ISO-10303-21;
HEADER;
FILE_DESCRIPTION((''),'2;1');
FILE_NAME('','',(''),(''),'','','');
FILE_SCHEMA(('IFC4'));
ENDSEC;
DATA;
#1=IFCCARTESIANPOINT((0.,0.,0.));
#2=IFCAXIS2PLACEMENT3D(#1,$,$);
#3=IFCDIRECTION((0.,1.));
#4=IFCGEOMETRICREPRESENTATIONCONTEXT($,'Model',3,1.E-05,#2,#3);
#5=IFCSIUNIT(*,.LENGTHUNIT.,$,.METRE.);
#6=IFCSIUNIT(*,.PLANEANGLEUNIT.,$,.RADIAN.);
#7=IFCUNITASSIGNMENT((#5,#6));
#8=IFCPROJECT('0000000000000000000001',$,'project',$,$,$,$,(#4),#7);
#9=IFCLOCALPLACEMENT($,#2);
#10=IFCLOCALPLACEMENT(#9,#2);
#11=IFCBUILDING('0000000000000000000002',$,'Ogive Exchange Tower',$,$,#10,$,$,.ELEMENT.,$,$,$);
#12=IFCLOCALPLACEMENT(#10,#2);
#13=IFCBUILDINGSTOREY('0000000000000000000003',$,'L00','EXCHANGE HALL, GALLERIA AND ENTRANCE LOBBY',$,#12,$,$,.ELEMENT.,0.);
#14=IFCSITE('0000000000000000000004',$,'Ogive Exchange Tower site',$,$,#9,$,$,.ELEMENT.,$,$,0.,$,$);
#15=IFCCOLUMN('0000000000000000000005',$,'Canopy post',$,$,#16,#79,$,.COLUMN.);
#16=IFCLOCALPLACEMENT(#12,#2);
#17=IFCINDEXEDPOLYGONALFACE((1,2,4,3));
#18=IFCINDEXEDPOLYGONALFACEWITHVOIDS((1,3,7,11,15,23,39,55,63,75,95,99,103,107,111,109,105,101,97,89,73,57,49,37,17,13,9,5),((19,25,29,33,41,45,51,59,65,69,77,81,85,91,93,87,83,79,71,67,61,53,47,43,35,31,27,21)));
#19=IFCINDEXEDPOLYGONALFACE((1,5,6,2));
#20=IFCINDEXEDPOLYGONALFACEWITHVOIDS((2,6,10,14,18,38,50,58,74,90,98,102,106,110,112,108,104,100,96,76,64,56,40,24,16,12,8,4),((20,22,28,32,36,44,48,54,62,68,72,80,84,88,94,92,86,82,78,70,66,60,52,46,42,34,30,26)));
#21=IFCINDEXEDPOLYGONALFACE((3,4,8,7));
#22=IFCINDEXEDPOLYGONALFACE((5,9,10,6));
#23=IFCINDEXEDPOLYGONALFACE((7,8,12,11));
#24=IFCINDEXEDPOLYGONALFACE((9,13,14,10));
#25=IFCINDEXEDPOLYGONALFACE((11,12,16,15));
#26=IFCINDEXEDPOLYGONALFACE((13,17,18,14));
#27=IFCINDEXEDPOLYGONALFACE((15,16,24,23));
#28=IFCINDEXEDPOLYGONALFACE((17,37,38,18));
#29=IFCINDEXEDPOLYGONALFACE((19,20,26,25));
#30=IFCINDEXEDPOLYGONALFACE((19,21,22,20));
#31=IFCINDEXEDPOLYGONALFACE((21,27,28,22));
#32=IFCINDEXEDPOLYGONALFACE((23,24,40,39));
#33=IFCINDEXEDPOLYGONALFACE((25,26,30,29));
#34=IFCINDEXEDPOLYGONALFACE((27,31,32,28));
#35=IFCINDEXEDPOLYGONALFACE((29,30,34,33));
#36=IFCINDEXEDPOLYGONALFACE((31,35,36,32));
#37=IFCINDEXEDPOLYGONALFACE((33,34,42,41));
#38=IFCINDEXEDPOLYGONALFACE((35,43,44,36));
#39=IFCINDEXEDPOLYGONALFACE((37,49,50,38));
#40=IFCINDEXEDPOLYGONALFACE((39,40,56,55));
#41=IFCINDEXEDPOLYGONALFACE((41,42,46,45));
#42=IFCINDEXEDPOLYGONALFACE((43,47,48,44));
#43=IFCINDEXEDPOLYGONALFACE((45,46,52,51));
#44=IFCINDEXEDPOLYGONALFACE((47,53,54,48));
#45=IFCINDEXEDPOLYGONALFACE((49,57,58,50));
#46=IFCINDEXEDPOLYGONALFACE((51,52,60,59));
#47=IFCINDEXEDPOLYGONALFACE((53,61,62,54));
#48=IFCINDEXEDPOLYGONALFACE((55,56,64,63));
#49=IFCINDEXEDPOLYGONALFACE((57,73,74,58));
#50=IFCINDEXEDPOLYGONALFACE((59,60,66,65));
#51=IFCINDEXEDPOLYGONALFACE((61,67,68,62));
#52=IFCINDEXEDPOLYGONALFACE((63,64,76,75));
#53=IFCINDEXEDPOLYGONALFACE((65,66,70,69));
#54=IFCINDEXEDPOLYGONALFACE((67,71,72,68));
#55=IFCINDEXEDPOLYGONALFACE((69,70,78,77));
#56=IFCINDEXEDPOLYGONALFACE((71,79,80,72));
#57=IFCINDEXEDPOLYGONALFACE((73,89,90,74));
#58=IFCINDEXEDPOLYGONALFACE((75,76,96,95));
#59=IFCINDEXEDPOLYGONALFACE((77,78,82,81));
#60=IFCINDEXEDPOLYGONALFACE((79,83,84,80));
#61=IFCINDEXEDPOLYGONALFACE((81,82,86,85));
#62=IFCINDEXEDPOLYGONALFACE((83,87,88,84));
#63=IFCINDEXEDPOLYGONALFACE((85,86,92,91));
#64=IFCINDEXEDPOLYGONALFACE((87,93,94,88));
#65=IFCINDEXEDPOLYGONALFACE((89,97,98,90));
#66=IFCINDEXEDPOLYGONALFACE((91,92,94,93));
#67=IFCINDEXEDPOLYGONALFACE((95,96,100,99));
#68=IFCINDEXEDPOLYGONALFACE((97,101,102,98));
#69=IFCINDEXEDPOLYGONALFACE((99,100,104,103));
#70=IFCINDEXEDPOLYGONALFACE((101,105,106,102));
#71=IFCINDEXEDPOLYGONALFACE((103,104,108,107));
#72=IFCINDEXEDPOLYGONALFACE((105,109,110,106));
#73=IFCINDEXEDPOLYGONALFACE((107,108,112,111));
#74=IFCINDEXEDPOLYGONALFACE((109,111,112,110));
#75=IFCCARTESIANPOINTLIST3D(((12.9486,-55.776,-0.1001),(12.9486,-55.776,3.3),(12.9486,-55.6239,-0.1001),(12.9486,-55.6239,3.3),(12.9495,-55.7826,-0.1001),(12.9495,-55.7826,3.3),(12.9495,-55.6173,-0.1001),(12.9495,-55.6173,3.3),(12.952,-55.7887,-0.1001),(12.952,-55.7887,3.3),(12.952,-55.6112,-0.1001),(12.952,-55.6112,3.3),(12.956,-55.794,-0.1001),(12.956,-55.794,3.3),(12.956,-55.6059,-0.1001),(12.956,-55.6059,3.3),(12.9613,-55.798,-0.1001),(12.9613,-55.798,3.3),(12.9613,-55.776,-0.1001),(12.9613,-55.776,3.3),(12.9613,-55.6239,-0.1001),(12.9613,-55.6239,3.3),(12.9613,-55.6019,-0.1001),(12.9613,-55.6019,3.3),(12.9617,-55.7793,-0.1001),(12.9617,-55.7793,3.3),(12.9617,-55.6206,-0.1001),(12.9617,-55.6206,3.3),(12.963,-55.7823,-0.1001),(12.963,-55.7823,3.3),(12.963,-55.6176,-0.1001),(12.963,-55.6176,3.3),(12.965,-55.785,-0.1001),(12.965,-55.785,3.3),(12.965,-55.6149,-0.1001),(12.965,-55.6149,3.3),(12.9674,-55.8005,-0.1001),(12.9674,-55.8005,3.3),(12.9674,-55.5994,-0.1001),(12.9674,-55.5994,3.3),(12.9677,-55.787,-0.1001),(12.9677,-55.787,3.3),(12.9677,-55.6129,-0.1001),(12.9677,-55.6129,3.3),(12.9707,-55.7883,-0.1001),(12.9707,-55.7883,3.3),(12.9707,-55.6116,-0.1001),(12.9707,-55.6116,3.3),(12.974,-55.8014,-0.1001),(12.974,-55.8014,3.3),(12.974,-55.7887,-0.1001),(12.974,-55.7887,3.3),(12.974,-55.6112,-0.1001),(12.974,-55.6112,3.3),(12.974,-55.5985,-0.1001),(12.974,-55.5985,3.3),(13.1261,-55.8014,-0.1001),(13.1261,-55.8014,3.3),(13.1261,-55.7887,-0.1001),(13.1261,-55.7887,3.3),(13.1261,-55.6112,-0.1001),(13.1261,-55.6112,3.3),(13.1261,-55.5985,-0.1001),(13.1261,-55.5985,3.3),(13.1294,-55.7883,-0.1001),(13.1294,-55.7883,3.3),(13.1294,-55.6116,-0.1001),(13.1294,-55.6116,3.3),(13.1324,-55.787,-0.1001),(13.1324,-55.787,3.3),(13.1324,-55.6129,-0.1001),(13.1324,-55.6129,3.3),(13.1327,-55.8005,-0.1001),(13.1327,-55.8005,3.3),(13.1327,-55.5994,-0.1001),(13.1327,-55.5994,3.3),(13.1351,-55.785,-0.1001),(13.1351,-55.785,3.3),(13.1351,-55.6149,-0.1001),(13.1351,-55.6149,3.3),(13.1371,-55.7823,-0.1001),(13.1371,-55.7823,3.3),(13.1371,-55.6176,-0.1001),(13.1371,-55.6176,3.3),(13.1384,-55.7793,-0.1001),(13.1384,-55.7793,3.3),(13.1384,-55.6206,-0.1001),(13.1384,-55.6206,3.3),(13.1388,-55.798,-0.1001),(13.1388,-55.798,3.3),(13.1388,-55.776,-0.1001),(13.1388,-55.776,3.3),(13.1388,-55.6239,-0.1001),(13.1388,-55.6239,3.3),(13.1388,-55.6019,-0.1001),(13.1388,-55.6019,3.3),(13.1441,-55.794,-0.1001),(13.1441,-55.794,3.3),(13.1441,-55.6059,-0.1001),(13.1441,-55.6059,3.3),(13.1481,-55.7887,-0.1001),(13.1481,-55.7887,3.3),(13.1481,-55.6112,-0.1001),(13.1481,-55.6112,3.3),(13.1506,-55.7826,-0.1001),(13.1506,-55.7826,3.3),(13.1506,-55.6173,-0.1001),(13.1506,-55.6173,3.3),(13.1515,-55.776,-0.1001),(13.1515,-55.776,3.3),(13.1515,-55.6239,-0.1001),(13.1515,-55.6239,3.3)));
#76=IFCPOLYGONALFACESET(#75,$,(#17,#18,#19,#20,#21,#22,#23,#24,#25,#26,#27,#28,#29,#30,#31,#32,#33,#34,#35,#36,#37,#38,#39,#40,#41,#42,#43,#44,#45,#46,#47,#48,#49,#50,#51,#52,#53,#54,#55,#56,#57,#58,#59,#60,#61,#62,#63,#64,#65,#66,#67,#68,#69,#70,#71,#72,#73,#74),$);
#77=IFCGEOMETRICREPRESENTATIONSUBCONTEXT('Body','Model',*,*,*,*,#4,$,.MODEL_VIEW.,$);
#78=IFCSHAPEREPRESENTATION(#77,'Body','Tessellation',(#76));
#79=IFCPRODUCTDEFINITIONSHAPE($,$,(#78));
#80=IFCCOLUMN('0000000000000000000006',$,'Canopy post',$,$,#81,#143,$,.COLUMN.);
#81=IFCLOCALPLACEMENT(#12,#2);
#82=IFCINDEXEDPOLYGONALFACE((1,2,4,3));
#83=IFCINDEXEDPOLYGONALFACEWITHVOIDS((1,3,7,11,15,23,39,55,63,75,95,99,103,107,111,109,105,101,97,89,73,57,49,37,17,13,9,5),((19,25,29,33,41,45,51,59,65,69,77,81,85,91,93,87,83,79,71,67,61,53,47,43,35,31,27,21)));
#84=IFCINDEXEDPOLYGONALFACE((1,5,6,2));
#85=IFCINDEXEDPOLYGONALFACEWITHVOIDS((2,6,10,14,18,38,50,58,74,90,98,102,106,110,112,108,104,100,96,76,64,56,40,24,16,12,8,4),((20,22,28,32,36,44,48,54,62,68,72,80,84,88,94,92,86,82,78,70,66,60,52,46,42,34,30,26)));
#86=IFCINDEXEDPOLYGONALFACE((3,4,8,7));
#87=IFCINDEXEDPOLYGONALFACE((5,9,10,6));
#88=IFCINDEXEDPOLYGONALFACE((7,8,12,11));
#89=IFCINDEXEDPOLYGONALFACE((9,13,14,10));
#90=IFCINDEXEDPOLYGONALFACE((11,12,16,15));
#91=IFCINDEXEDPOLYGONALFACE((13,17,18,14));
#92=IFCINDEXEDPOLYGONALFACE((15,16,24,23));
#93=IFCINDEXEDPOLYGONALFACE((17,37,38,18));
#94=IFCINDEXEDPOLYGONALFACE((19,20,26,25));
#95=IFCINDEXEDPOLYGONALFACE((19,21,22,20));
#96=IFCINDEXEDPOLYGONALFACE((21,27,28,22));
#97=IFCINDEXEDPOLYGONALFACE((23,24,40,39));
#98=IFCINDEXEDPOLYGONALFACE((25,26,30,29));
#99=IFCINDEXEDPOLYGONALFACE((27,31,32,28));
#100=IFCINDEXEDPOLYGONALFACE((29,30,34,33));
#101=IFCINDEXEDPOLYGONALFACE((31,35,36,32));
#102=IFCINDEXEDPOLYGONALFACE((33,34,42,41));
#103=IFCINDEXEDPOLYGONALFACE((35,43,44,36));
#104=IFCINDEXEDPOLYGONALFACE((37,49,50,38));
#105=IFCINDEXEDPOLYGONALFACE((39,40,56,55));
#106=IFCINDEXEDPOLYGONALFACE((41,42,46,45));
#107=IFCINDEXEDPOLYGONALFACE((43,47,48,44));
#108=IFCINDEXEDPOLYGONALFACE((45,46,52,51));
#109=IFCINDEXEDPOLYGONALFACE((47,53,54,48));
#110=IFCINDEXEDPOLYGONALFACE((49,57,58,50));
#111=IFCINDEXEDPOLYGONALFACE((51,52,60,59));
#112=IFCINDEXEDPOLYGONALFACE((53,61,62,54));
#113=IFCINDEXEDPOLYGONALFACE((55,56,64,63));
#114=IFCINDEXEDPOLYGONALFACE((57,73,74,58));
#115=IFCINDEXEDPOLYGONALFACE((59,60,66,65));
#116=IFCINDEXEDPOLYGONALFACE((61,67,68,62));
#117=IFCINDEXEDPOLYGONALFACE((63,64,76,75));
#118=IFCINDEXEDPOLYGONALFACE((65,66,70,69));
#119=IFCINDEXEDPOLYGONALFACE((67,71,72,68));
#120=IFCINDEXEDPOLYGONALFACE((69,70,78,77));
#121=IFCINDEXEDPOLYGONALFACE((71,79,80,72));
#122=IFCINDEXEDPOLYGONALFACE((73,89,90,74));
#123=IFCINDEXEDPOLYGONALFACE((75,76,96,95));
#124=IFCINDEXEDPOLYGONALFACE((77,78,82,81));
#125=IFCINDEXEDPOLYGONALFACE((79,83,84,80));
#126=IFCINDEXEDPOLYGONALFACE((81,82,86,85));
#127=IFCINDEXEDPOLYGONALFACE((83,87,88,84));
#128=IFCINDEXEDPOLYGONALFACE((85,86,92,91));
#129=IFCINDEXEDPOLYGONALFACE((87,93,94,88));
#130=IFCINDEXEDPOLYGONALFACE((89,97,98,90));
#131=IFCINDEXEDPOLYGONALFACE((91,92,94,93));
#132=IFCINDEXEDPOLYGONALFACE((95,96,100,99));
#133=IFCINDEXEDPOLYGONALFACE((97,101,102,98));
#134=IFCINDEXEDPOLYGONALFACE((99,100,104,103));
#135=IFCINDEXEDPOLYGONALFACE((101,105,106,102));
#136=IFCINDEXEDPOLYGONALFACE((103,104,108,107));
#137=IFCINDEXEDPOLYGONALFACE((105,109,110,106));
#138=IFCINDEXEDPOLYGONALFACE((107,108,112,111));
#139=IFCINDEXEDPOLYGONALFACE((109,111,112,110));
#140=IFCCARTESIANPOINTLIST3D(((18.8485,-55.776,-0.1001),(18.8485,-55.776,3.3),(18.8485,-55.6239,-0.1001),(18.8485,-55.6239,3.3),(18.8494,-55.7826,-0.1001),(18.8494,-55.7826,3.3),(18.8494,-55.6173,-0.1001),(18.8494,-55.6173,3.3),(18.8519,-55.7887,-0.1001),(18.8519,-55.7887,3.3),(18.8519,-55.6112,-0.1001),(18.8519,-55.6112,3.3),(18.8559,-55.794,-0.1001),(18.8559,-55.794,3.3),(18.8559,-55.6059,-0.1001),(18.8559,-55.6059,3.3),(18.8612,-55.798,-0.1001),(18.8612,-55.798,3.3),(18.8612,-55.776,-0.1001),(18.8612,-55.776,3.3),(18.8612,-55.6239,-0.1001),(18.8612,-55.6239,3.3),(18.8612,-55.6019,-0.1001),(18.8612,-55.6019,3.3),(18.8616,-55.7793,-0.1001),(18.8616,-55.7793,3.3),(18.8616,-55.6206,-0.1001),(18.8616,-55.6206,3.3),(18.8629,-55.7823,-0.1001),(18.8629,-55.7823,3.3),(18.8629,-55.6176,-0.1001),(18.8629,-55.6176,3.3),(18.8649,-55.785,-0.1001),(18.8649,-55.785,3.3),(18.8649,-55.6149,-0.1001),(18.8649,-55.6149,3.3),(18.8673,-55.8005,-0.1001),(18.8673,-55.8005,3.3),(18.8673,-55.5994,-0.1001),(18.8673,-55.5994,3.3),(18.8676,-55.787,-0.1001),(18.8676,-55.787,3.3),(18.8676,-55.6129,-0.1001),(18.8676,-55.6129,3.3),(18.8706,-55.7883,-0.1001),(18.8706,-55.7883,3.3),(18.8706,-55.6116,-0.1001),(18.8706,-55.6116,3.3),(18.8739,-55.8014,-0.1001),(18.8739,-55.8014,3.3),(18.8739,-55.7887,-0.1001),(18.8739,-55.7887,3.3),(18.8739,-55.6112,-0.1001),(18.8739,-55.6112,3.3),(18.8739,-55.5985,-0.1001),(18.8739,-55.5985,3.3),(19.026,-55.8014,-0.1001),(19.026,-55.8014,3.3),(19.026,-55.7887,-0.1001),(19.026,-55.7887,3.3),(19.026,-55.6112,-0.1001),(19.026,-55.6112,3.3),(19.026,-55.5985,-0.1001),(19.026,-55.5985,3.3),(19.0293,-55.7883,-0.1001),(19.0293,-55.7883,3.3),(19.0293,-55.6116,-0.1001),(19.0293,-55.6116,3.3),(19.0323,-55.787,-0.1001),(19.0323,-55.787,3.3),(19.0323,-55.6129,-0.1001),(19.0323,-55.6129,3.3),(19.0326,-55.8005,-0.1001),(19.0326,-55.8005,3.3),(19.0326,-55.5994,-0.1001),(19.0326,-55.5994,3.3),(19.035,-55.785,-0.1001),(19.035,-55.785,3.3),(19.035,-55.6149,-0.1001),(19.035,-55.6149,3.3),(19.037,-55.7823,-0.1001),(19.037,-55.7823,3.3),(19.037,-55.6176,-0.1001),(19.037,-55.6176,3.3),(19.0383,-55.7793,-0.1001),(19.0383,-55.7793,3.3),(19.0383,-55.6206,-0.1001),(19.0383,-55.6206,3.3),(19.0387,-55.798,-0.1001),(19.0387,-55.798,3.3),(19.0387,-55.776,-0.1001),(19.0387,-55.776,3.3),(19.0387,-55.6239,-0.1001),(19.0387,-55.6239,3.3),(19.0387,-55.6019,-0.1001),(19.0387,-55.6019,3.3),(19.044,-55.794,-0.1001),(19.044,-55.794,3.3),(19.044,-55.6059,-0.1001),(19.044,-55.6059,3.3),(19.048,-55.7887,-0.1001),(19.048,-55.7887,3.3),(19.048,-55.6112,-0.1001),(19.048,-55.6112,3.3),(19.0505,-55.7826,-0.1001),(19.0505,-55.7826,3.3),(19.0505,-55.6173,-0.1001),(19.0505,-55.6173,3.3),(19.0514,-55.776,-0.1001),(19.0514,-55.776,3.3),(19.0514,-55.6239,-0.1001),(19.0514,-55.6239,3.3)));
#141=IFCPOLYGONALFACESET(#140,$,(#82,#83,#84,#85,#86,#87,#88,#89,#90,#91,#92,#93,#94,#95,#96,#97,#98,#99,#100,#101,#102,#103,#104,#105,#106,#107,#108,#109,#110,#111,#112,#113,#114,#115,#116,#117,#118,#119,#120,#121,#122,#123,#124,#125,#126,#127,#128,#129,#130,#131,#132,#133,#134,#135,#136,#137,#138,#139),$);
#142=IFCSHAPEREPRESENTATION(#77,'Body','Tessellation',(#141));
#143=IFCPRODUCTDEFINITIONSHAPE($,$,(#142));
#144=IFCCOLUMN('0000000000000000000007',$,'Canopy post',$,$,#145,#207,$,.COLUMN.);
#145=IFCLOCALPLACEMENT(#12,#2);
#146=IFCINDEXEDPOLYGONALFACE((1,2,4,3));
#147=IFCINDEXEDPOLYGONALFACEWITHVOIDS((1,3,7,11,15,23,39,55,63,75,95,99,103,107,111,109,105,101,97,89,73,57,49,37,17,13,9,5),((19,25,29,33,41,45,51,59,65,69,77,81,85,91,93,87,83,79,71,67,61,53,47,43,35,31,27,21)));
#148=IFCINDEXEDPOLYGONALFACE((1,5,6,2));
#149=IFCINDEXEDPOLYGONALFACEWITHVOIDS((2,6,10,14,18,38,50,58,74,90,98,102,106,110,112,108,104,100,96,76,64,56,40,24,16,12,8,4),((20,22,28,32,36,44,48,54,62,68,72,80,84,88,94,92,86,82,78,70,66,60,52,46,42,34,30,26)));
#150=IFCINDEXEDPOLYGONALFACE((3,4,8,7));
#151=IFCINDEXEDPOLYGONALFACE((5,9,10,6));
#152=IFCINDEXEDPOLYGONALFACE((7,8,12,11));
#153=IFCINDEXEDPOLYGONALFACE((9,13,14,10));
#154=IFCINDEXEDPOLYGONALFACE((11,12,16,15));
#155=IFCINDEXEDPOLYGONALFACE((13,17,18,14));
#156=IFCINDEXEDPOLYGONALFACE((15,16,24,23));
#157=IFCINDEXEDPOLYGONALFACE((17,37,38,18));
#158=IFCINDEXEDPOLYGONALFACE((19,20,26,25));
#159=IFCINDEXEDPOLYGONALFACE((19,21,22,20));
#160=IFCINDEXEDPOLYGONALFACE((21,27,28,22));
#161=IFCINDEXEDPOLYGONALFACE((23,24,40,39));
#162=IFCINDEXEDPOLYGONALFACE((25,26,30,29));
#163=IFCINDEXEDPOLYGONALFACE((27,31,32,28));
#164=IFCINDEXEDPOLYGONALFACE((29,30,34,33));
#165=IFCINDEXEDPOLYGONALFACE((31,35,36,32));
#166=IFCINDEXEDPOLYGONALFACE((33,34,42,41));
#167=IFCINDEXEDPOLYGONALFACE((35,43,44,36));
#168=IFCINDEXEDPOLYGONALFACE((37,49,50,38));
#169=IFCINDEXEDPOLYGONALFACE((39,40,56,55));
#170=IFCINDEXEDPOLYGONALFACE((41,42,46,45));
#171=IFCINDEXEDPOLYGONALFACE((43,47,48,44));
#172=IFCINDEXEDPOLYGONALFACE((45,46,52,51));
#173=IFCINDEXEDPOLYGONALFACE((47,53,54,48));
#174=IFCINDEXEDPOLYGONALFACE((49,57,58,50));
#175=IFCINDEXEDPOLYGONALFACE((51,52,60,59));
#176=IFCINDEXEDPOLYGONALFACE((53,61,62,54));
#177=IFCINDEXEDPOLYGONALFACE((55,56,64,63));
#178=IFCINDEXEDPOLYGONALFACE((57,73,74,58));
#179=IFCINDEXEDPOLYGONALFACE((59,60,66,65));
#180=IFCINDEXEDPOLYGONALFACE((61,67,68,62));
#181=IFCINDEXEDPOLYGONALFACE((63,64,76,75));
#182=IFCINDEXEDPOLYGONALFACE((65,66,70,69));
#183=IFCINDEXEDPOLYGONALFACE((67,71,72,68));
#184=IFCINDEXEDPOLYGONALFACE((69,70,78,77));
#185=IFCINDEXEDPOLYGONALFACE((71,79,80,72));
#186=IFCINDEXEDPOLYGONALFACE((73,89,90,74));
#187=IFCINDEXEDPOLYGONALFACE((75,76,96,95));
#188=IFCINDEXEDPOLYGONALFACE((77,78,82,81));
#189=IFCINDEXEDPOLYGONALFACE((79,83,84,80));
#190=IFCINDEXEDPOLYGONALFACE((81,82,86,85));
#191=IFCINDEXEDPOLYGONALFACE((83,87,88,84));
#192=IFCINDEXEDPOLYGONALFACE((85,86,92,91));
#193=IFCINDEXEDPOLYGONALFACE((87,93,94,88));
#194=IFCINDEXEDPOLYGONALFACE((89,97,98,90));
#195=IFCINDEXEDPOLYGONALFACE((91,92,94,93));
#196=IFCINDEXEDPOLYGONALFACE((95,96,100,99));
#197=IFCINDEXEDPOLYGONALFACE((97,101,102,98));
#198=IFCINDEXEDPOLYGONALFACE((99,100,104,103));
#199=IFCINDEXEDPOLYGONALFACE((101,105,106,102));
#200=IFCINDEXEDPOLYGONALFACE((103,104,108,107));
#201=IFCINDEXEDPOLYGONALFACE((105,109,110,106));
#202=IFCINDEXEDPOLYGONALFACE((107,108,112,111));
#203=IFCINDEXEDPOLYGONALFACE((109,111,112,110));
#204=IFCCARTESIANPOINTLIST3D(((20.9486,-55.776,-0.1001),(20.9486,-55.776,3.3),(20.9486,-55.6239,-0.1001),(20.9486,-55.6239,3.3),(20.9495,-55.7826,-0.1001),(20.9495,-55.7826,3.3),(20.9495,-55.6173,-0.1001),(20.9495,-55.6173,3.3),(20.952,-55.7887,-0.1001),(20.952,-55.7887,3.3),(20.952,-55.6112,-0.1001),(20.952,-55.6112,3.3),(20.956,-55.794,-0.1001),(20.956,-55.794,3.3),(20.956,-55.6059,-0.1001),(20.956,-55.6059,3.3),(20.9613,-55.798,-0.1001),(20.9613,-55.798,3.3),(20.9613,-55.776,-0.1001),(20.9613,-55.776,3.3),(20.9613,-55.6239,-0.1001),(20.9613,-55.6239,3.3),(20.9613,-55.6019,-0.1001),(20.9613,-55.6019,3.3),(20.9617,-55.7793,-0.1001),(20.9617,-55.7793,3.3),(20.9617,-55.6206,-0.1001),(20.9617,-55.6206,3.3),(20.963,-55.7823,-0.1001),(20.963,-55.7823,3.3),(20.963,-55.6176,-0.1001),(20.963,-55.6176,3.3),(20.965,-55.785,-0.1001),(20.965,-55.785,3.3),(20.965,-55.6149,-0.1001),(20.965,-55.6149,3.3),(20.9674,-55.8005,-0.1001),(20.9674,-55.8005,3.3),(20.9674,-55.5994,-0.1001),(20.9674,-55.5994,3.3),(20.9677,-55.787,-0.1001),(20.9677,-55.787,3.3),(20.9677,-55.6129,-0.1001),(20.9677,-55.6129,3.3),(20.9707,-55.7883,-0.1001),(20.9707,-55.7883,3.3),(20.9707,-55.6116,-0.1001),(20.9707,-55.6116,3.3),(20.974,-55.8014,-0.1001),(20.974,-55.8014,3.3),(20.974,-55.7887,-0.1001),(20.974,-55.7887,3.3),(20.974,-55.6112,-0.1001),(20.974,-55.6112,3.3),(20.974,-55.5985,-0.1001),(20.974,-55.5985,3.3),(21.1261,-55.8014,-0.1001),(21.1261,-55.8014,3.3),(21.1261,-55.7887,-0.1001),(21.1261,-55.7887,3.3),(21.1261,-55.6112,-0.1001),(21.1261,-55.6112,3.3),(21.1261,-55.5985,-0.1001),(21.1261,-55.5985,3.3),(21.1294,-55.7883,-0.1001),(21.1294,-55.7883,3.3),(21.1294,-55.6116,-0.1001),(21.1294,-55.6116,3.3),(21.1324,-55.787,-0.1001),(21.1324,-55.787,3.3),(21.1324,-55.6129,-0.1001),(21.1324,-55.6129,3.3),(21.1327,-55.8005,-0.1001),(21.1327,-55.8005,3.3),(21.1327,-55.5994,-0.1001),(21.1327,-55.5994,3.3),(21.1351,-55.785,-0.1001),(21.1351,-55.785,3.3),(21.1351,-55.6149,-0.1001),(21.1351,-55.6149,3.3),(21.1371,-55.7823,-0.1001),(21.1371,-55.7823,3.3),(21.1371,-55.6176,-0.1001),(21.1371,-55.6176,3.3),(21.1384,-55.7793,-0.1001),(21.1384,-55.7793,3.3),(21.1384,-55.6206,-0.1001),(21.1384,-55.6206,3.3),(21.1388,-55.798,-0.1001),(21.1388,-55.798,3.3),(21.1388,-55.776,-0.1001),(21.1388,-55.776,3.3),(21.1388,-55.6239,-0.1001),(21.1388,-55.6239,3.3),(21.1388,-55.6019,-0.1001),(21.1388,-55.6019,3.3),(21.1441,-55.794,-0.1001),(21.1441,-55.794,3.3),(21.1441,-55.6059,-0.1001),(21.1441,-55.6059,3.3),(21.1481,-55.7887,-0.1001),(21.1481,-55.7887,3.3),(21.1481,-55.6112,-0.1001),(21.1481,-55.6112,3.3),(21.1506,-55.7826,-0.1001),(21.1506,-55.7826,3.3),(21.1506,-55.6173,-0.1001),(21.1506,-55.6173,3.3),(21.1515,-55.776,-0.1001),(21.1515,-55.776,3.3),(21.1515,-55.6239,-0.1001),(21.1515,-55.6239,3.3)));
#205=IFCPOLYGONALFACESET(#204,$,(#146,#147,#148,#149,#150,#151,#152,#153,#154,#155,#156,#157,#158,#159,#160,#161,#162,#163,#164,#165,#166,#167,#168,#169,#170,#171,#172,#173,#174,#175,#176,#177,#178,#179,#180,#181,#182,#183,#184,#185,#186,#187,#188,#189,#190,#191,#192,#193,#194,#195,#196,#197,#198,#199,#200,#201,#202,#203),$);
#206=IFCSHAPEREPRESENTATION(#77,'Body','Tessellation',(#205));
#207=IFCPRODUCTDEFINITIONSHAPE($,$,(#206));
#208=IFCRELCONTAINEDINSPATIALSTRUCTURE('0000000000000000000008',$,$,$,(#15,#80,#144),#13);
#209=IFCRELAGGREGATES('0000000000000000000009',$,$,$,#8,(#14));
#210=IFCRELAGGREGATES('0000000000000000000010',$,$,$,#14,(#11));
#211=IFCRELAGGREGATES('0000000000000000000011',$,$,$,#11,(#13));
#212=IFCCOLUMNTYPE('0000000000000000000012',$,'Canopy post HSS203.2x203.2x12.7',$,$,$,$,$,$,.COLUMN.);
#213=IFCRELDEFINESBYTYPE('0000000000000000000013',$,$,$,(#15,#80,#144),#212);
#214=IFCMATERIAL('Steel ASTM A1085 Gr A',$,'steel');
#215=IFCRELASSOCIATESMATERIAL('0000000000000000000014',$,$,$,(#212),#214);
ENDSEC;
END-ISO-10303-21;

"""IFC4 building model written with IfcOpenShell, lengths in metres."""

from ifc_helpers import new_model, si_unit, direction, frame, origin, origin_2d, place, context, subcontext, project, spatial, hollow_rectangle, extrude, material, material_profile, profile_set, type_object, element, save


model = new_model("IFC4")

# Units and contexts
model_context = context("Model", 3, precision=1e-05, world=origin(), true_north=direction((0.0, 1.0)))
body_context = subcontext(model_context, "Body", "Model", "MODEL_VIEW")
ifc_project = project(units=[si_unit("LENGTHUNIT", "METRE"), si_unit("PLANEANGLEUNIT", "RADIAN")], contexts=[model_context])

# Site, building, storey
site_placement = place(None, origin())
site = spatial("IfcSite", under=ifc_project, at=site_placement, Name="Ogive Exchange Tower site", CompositionType="ELEMENT", RefElevation=0.0)
building_placement = place(site_placement, origin())
building = spatial("IfcBuilding", under=site, at=building_placement, Name="Ogive Exchange Tower", CompositionType="ELEMENT")
storey_placement = place(building_placement, origin())
storey = spatial("IfcBuildingStorey", under=building, at=storey_placement, Name="L00", Description="EXCHANGE HALL, GALLERIA AND ENTRANCE LOBBY", CompositionType="ELEMENT", Elevation=0.0)

# Columns
ifc_material_1 = material(Name="Steel ASTM A1085 Gr A", Category="steel")
ifc_material_profile_1 = material_profile(ifc_material_1, hollow_rectangle(XDim=0.2029, YDim=0.2029, WallThickness=0.0127, InnerFilletRadius=0.0127, OuterFilletRadius=0.0254, at=origin_2d()), Name="HSS203.2x203.2x12.7")
ifc_profile_set_1 = profile_set([ifc_material_profile_1], Name="Steel ASTM A1085 Gr A")
column_type_1 = type_object("IfcColumnType", Name="Canopy post HSS203.2x203.2x12.7", PredefinedType="COLUMN", material=ifc_profile_set_1)
for number, where, z_axis, x_axis, name in (
    (1, (13.05, -55.7, -0.1001), (0.0, 0.0, 1.0), (1.0, 0.0, 0.0), "Canopy post"),
    (2, (18.95, -55.7, -0.1001), (0.0, 0.0, 1.0), (1.0, 0.0, 0.0), "Canopy post"),
    (3, (21.05, -55.7, -0.1001), (0.0, 0.0, 1.0), (1.0, 0.0, 0.0), "Canopy post"),
):
    element("IfcColumn", number, at=place(storey_placement, frame(where, z_axis=z_axis, x_axis=x_axis)), inside=storey, type_object=column_type_1, Name=name, PredefinedType="COLUMN", context=body_context, shape_type="SweptSolid", body=[
        extrude(hollow_rectangle(XDim=0.2029, YDim=0.2029, WallThickness=0.0127, InnerFilletRadius=0.0127, OuterFilletRadius=0.0254, at=origin_2d()), origin(), (0.0, 0.0, 1.0), 3.4001),
    ])

save(model, "model.ifc")
